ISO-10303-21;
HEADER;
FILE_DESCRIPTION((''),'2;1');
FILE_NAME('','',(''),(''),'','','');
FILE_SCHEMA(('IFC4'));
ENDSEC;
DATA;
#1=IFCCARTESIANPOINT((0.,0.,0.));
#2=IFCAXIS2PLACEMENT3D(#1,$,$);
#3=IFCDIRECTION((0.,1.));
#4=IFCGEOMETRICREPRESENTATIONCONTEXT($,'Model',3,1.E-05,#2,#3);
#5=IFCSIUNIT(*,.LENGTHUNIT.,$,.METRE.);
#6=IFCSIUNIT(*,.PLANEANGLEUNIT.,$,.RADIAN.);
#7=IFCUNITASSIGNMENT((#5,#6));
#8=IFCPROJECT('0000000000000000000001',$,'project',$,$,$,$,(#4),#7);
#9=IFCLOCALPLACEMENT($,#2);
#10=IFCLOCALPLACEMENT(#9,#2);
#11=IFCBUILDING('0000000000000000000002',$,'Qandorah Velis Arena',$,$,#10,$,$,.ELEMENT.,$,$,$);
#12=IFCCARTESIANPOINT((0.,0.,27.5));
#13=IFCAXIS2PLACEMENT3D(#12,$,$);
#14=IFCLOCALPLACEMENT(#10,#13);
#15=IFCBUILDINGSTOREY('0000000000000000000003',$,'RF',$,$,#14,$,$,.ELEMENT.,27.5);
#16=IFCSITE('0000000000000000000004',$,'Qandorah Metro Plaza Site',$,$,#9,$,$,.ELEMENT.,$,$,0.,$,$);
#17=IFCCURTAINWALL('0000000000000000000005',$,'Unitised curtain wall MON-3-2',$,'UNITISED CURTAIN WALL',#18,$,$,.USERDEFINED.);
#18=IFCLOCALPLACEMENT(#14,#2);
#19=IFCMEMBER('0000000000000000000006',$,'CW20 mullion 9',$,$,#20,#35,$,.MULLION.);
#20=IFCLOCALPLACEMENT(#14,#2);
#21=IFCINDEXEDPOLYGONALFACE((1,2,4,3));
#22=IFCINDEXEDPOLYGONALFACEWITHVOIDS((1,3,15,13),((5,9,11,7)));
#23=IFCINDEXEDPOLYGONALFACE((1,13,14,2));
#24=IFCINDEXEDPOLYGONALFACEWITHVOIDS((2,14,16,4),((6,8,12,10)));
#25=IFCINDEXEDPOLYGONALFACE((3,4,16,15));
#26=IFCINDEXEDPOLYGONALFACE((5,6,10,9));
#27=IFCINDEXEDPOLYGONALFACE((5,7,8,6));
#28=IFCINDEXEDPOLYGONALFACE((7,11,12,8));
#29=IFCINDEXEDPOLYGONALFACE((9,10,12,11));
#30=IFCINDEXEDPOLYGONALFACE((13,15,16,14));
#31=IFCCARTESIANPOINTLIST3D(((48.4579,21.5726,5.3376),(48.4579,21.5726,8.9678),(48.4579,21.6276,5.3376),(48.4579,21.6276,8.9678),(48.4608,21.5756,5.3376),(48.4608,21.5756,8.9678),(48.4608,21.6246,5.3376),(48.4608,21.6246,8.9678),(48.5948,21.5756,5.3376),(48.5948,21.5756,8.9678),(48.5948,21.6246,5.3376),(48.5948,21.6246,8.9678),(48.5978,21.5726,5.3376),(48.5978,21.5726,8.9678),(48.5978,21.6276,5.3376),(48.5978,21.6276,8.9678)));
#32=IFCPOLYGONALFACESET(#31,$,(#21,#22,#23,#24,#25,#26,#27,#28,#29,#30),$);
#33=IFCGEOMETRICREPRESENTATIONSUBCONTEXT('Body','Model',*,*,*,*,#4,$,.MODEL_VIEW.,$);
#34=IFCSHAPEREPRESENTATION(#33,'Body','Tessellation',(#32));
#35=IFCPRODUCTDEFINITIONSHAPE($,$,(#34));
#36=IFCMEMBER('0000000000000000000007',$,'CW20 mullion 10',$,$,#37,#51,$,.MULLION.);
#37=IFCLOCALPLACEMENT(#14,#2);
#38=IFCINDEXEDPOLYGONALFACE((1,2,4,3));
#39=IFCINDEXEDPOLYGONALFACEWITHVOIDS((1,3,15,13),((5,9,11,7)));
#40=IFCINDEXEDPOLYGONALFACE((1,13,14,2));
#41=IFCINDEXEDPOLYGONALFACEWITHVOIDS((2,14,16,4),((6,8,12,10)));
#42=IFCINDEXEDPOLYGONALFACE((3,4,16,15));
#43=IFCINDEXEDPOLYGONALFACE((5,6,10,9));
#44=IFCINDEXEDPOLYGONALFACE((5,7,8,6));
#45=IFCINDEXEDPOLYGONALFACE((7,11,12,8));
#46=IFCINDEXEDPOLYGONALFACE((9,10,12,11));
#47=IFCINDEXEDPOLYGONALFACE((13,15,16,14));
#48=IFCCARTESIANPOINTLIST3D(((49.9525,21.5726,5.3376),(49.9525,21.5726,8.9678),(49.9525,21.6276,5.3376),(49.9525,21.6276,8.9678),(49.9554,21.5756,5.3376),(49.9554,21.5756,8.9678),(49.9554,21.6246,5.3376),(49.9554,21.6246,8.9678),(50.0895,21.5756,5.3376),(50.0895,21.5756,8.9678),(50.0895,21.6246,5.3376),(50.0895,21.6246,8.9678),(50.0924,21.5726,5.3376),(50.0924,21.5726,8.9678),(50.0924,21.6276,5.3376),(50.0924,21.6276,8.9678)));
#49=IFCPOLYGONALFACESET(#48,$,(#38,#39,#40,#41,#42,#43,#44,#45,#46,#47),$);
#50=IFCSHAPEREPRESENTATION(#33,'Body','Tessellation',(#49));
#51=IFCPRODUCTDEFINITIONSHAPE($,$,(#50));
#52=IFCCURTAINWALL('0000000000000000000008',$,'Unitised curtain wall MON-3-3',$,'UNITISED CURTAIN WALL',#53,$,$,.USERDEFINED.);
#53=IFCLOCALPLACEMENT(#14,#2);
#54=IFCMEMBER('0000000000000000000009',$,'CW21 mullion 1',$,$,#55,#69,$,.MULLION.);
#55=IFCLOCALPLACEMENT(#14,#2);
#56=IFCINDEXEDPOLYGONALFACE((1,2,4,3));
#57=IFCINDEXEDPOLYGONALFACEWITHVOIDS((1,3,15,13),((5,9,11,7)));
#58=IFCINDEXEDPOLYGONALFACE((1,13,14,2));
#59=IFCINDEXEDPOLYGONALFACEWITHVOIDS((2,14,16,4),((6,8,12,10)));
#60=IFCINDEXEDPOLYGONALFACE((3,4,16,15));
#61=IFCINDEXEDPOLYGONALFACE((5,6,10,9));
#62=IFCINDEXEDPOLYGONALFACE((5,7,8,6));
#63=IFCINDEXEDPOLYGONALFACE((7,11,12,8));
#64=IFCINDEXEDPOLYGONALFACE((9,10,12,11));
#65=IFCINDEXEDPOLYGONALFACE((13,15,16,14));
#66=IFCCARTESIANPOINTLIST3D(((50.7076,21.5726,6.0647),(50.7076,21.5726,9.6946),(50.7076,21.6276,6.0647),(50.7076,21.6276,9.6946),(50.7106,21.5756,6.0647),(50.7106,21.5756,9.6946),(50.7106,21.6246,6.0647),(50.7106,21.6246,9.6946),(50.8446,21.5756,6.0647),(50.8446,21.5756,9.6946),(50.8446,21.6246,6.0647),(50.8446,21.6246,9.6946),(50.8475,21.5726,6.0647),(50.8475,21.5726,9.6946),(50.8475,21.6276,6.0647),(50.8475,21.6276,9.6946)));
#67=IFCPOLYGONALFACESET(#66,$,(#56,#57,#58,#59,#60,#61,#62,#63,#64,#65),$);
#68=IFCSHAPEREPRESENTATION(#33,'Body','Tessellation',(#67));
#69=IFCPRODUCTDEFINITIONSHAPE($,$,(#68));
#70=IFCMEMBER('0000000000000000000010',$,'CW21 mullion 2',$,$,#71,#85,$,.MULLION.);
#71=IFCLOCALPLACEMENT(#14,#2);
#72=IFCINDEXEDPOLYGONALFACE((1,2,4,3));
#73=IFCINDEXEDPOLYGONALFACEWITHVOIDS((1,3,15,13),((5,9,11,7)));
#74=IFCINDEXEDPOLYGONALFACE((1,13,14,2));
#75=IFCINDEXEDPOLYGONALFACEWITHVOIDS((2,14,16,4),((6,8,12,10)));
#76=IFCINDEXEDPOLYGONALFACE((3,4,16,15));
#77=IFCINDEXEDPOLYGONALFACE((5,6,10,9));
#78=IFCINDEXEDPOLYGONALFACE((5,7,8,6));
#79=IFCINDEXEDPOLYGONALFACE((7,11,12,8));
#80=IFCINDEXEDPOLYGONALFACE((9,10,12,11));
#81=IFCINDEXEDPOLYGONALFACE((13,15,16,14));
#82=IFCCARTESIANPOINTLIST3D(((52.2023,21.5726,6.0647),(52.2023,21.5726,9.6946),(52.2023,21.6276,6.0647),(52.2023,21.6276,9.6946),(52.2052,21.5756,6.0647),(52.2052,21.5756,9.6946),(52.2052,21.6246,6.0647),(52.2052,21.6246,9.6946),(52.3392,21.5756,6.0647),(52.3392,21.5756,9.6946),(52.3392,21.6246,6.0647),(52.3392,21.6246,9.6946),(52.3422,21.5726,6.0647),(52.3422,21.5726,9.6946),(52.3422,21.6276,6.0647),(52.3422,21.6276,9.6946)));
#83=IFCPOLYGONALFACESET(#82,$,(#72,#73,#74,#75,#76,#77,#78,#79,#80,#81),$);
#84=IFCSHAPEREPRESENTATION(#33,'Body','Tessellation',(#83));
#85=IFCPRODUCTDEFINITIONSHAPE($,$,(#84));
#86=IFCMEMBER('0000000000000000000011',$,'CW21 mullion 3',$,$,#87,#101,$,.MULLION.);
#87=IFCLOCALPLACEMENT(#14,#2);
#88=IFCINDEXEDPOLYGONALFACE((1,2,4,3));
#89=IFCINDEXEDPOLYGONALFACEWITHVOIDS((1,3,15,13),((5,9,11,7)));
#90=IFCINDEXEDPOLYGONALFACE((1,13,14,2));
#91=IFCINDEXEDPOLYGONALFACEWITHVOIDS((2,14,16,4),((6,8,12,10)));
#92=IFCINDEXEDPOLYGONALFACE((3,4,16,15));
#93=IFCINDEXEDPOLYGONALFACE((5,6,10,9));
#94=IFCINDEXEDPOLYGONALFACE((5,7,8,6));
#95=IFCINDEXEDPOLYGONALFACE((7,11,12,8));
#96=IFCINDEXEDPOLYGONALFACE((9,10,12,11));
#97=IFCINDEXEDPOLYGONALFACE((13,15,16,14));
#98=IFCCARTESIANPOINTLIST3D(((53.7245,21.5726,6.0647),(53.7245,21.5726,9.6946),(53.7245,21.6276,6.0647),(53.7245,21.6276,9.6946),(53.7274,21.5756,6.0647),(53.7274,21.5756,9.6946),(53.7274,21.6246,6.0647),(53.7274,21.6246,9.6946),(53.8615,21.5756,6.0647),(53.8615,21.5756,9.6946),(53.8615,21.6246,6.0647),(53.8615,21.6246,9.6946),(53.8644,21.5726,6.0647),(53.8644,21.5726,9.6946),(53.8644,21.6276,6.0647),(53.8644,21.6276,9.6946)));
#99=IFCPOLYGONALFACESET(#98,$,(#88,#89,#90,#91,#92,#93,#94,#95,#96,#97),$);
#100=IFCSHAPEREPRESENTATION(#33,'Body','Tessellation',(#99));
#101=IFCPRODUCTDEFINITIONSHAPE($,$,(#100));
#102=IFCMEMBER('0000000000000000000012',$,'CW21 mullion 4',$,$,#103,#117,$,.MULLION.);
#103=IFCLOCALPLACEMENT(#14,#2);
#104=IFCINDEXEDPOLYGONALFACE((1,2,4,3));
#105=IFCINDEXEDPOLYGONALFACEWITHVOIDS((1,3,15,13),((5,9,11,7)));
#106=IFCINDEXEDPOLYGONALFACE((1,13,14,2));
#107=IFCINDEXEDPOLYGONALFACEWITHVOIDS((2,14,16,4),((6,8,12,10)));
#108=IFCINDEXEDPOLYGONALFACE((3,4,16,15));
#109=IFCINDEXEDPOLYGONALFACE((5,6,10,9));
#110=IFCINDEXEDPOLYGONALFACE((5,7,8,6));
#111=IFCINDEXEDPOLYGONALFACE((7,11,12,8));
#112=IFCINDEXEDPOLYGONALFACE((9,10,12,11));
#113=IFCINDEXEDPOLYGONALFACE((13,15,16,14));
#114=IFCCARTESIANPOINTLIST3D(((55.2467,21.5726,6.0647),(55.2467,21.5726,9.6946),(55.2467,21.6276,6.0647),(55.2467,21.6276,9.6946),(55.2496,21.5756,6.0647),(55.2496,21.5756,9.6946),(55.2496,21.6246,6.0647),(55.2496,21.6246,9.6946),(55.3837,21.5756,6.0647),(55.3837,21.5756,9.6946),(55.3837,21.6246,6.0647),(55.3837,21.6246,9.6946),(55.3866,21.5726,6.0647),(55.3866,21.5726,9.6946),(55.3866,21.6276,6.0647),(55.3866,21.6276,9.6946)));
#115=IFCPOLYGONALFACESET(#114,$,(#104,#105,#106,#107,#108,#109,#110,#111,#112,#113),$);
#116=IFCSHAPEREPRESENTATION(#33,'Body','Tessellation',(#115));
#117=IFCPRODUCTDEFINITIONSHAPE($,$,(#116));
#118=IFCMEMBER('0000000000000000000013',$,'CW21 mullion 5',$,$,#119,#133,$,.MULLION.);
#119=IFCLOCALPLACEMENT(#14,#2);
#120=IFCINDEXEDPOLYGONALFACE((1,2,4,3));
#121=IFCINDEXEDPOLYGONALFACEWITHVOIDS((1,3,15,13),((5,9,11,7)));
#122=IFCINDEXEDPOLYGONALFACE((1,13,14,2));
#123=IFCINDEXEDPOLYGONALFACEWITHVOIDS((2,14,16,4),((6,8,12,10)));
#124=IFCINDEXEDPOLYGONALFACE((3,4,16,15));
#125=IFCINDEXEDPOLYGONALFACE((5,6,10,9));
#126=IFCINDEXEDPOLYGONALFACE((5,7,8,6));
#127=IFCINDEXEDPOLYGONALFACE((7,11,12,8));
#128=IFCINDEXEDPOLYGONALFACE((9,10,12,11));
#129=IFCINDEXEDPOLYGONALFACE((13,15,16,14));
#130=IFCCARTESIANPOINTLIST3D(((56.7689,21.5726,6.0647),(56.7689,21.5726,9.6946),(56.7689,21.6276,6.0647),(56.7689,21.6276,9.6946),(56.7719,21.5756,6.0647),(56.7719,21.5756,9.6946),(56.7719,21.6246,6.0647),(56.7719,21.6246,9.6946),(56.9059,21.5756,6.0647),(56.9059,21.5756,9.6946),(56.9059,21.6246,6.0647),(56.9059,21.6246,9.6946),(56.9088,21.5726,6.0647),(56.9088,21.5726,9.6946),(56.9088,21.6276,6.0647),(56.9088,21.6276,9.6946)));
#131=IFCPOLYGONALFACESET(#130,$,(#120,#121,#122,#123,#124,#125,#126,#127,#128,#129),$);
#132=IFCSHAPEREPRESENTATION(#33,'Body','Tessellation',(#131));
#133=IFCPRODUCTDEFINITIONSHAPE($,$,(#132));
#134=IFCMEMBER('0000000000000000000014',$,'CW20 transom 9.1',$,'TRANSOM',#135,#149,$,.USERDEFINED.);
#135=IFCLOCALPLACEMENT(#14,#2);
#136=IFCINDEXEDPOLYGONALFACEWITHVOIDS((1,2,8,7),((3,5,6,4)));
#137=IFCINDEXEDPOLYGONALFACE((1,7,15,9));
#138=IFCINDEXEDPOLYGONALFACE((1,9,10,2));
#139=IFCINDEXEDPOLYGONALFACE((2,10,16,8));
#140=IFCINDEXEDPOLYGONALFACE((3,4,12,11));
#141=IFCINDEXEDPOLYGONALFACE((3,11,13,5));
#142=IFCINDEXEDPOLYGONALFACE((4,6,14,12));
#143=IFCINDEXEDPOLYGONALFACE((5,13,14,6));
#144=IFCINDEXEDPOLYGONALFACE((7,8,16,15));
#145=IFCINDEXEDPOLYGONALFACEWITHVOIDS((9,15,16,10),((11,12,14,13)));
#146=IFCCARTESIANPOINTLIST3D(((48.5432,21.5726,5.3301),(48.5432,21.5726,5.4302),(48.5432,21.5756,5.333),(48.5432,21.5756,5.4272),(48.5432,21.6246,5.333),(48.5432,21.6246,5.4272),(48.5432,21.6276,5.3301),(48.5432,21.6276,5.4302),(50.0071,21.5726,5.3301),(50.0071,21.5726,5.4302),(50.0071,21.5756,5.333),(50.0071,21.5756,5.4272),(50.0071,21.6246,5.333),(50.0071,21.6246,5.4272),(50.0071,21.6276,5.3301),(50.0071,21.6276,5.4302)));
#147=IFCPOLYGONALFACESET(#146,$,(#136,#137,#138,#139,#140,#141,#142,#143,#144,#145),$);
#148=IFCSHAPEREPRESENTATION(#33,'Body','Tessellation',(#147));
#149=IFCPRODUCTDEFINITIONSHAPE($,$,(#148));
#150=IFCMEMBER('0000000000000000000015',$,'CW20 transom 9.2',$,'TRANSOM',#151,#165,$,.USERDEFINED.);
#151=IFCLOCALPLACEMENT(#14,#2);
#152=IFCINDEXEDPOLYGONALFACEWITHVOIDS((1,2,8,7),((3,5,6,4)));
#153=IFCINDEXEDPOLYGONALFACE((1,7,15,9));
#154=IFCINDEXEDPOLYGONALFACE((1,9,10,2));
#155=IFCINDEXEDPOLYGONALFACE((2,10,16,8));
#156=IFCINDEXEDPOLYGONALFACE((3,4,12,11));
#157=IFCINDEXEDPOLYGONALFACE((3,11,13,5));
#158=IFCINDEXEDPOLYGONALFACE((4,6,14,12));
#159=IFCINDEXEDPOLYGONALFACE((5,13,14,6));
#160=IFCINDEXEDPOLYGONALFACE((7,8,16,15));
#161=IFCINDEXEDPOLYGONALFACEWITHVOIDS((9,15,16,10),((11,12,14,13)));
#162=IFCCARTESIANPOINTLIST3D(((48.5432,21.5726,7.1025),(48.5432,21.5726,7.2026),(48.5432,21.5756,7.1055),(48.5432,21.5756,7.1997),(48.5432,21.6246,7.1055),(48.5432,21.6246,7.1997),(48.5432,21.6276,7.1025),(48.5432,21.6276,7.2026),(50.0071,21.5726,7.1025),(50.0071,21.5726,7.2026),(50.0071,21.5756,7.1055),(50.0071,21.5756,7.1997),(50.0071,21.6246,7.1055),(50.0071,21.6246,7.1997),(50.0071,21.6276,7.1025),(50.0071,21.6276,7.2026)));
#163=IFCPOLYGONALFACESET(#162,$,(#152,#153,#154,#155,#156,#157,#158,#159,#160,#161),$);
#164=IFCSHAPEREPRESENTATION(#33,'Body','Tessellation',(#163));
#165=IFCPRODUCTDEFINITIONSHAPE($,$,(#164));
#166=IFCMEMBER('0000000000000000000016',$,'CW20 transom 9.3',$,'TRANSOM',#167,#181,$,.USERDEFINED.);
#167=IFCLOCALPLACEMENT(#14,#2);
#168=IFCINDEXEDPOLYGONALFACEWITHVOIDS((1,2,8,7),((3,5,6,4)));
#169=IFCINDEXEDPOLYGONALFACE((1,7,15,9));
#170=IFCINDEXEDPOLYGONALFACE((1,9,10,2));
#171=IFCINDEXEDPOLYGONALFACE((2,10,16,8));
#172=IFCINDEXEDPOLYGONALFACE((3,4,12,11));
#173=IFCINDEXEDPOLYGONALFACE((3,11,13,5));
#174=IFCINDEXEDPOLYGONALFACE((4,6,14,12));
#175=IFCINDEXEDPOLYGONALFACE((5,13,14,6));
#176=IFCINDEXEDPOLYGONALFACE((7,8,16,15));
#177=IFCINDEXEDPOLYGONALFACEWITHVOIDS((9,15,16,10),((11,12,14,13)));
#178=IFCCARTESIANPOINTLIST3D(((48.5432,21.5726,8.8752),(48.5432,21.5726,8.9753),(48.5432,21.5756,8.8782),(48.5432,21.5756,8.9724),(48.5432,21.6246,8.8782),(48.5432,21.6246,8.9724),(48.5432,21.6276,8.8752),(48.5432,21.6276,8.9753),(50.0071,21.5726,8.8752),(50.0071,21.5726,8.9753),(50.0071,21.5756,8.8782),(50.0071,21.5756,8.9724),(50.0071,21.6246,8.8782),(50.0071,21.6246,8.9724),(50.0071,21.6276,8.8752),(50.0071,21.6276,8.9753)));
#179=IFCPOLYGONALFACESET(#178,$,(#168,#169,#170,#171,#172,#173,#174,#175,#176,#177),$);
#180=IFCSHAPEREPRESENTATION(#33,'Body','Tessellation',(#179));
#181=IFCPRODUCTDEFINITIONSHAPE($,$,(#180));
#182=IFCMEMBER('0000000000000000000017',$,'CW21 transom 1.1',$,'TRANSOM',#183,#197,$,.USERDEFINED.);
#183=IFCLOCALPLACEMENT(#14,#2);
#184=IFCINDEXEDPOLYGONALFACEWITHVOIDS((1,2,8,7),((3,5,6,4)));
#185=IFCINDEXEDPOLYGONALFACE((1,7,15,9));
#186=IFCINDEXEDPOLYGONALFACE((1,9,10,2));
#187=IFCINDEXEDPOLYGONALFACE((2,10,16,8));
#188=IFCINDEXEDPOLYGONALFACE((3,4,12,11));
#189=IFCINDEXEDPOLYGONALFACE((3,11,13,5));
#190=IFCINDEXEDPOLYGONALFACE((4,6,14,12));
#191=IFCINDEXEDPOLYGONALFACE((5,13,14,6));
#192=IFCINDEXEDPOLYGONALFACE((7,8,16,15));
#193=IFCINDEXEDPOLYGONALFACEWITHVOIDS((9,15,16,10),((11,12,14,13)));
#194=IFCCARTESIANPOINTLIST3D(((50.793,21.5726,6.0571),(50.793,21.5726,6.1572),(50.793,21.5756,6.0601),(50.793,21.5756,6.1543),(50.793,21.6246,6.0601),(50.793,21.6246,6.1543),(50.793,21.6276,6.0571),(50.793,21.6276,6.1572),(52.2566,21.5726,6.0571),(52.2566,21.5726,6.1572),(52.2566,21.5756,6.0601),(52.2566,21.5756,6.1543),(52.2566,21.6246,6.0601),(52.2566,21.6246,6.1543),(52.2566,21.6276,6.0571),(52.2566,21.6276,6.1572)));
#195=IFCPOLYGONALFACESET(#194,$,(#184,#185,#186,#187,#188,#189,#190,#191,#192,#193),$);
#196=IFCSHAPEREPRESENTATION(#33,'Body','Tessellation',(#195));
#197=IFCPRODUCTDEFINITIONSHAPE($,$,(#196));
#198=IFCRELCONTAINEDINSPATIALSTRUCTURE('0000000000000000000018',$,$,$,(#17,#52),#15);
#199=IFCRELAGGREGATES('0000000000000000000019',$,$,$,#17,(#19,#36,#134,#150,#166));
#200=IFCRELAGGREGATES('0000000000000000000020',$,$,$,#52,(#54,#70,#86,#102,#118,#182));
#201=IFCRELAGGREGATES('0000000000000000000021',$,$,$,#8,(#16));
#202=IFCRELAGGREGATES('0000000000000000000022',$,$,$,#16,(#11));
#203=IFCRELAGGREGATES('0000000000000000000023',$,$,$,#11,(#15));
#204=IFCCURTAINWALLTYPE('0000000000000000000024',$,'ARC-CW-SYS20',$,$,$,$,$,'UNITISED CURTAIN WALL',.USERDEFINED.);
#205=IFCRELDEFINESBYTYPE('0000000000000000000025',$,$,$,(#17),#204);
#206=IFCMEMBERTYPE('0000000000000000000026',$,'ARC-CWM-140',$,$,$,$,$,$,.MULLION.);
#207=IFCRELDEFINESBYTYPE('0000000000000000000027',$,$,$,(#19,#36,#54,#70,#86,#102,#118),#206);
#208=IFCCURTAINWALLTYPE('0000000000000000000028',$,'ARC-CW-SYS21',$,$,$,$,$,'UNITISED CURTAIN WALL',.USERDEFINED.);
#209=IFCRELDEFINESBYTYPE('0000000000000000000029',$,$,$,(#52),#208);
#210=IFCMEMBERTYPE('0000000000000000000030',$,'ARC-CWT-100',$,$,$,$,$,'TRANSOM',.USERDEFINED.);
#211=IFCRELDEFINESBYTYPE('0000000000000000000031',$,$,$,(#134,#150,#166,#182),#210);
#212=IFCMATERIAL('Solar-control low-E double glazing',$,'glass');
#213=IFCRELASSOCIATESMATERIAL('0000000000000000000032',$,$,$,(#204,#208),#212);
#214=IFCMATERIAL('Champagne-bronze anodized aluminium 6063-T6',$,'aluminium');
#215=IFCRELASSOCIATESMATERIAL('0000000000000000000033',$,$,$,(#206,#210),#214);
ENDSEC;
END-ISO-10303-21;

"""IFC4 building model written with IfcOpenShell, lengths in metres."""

from ifc_helpers import new_model, si_unit, direction, frame, origin, origin_2d, place, context, subcontext, project, spatial, hollow_rectangle, extrude, material, material_profile, profile_set, type_object, element, aggregate, save


model = new_model("IFC4")

# Units and contexts
model_context = context("Model", 3, precision=1e-05, world=origin(), true_north=direction((0.0, 1.0)))
body_context = subcontext(model_context, "Body", "Model", "MODEL_VIEW")
ifc_project = project(units=[si_unit("LENGTHUNIT", "METRE"), si_unit("PLANEANGLEUNIT", "RADIAN")], contexts=[model_context])

# Site, building, storey
site_placement = place(None, origin())
site = spatial("IfcSite", under=ifc_project, at=site_placement, Name="Qandorah Metro Plaza Site", CompositionType="ELEMENT", RefElevation=0.0)
building_placement = place(site_placement, origin())
building = spatial("IfcBuilding", under=site, at=building_placement, Name="Qandorah Velis Arena", CompositionType="ELEMENT")
storey_placement = place(building_placement, frame((0.0, 0.0, 27.5)))
storey = spatial("IfcBuildingStorey", under=building, at=storey_placement, Name="RF", CompositionType="ELEMENT", Elevation=27.5)

# Curtain walls, members
ifc_material_1 = material(Name="Solar-control low-E double glazing", Category="glass")
curtain_wall_type_1 = type_object("IfcCurtainWallType", Name="ARC-CW-SYS20", ElementType="UNITISED CURTAIN WALL", PredefinedType="USERDEFINED", material=ifc_material_1)
curtain_wall_1_placement = place(storey_placement, origin())
curtain_wall_1 = element("IfcCurtainWall", 1, at=curtain_wall_1_placement, inside=storey, type_object=curtain_wall_type_1, Name="Unitised curtain wall MON-3-2", ObjectType="UNITISED CURTAIN WALL", PredefinedType="USERDEFINED")
ifc_material_2 = material(Name="Champagne-bronze anodized aluminium 6063-T6", Category="aluminium")
ifc_material_profile_1 = material_profile(ifc_material_2, hollow_rectangle(XDim=0.0549, YDim=0.1399, WallThickness=0.0029, at=origin_2d()), Name="ALU MULLION 55x140")
ifc_profile_set_1 = profile_set([ifc_material_profile_1], Name="Champagne-bronze anodized aluminium 6063-T6")
member_type_1 = type_object("IfcMemberType", Name="ARC-CWM-140", PredefinedType="MULLION", material=ifc_profile_set_1)
member_1_placement = place(storey_placement, frame((48.5278, 21.6001, 5.3376), z_axis=(0.0, 0.0, 1.0), x_axis=(0.0, 1.0, 0.0)))
member_1 = element("IfcMember", 2, at=member_1_placement, type_object=member_type_1, Name="CW20 mullion 9", PredefinedType="MULLION", context=body_context, shape_type="SweptSolid", body=[
    extrude(hollow_rectangle(XDim=0.0549, YDim=0.1399, WallThickness=0.0029, at=origin_2d()), origin(), (0.0, 0.0, 1.0), 3.6301),
])
member_2_placement = place(storey_placement, frame((50.0225, 21.6001, 5.3376), z_axis=(0.0, 0.0, 1.0), x_axis=(0.0, 1.0, 0.0)))
member_2 = element("IfcMember", 3, at=member_2_placement, type_object=member_type_1, Name="CW20 mullion 10", PredefinedType="MULLION", context=body_context, shape_type="SweptSolid", body=[
    extrude(hollow_rectangle(XDim=0.0549, YDim=0.1399, WallThickness=0.0029, at=origin_2d()), origin(), (0.0, 0.0, 1.0), 3.6301),
])
curtain_wall_type_2 = type_object("IfcCurtainWallType", Name="ARC-CW-SYS21", ElementType="UNITISED CURTAIN WALL", PredefinedType="USERDEFINED", material=ifc_material_1)
curtain_wall_2_placement = place(storey_placement, origin())
curtain_wall_2 = element("IfcCurtainWall", 4, at=curtain_wall_2_placement, inside=storey, type_object=curtain_wall_type_2, Name="Unitised curtain wall MON-3-3", ObjectType="UNITISED CURTAIN WALL", PredefinedType="USERDEFINED")
member_3_placement = place(storey_placement, frame((50.7776, 21.6001, 6.0647), z_axis=(0.0, 0.0, 1.0), x_axis=(0.0, 1.0, 0.0)))
member_3 = element("IfcMember", 5, at=member_3_placement, type_object=member_type_1, Name="CW21 mullion 1", PredefinedType="MULLION", context=body_context, shape_type="SweptSolid", body=[
    extrude(hollow_rectangle(XDim=0.0549, YDim=0.1399, WallThickness=0.0029, at=origin_2d()), origin(), (0.0, 0.0, 1.0), 3.6299),
])
member_4_placement = place(storey_placement, frame((52.2722, 21.6001, 6.0647), z_axis=(0.0, 0.0, 1.0), x_axis=(0.0, 1.0, 0.0)))
member_4 = element("IfcMember", 6, at=member_4_placement, type_object=member_type_1, Name="CW21 mullion 2", PredefinedType="MULLION", context=body_context, shape_type="SweptSolid", body=[
    extrude(hollow_rectangle(XDim=0.0549, YDim=0.1399, WallThickness=0.0029, at=origin_2d()), origin(), (0.0, 0.0, 1.0), 3.6299),
])
member_5_placement = place(storey_placement, frame((53.7944, 21.6001, 6.0647), z_axis=(0.0, 0.0, 1.0), x_axis=(0.0, 1.0, 0.0)))
member_5 = element("IfcMember", 7, at=member_5_placement, type_object=member_type_1, Name="CW21 mullion 3", PredefinedType="MULLION", context=body_context, shape_type="SweptSolid", body=[
    extrude(hollow_rectangle(XDim=0.0549, YDim=0.1399, WallThickness=0.0029, at=origin_2d()), origin(), (0.0, 0.0, 1.0), 3.6299),
])
member_6_placement = place(storey_placement, frame((55.3167, 21.6001, 6.0647), z_axis=(0.0, 0.0, 1.0), x_axis=(0.0, 1.0, 0.0)))
member_6 = element("IfcMember", 8, at=member_6_placement, type_object=member_type_1, Name="CW21 mullion 4", PredefinedType="MULLION", context=body_context, shape_type="SweptSolid", body=[
    extrude(hollow_rectangle(XDim=0.0549, YDim=0.1399, WallThickness=0.0029, at=origin_2d()), origin(), (0.0, 0.0, 1.0), 3.6299),
])
member_7_placement = place(storey_placement, frame((56.8389, 21.6001, 6.0647), z_axis=(0.0, 0.0, 1.0), x_axis=(0.0, 1.0, 0.0)))
member_7 = element("IfcMember", 9, at=member_7_placement, type_object=member_type_1, Name="CW21 mullion 5", PredefinedType="MULLION", context=body_context, shape_type="SweptSolid", body=[
    extrude(hollow_rectangle(XDim=0.0549, YDim=0.1399, WallThickness=0.0029, at=origin_2d()), origin(), (0.0, 0.0, 1.0), 3.6299),
])

# Members
ifc_material_profile_2 = material_profile(ifc_material_2, hollow_rectangle(XDim=0.0549, YDim=0.1001, WallThickness=0.0029, at=origin_2d()), Name="ALU TRANSOM 55x100")
ifc_profile_set_2 = profile_set([ifc_material_profile_2], Name="Champagne-bronze anodized aluminium 6063-T6")
member_type_2 = type_object("IfcMemberType", Name="ARC-CWT-100", ElementType="TRANSOM", PredefinedType="USERDEFINED", material=ifc_profile_set_2)
member_8_placement = place(storey_placement, frame((48.5432, 21.6001, 5.3801), z_axis=(1.0, 0.0, 0.0), x_axis=(0.0, 1.0, 0.0)))
member_8 = element("IfcMember", 10, at=member_8_placement, type_object=member_type_2, Name="CW20 transom 9.1", ObjectType="TRANSOM", PredefinedType="USERDEFINED", context=body_context, shape_type="SweptSolid", body=[
    extrude(hollow_rectangle(XDim=0.0549, YDim=0.1001, WallThickness=0.0029, at=origin_2d()), origin(), (0.0, 0.0, 1.0), 1.4639),
])
member_9_placement = place(storey_placement, frame((48.5432, 21.6001, 7.1526), z_axis=(1.0, 0.0, 0.0), x_axis=(0.0, 1.0, 0.0)))
member_9 = element("IfcMember", 11, at=member_9_placement, type_object=member_type_2, Name="CW20 transom 9.2", ObjectType="TRANSOM", PredefinedType="USERDEFINED", context=body_context, shape_type="SweptSolid", body=[
    extrude(hollow_rectangle(XDim=0.0549, YDim=0.1001, WallThickness=0.0029, at=origin_2d()), origin(), (0.0, 0.0, 1.0), 1.4639),
])
member_10_placement = place(storey_placement, frame((48.5432, 21.6001, 8.9253), z_axis=(1.0, 0.0, 0.0), x_axis=(0.0, 1.0, 0.0)))
member_10 = element("IfcMember", 12, at=member_10_placement, type_object=member_type_2, Name="CW20 transom 9.3", ObjectType="TRANSOM", PredefinedType="USERDEFINED", context=body_context, shape_type="SweptSolid", body=[
    extrude(hollow_rectangle(XDim=0.0549, YDim=0.1001, WallThickness=0.0029, at=origin_2d()), origin(), (0.0, 0.0, 1.0), 1.4639),
])
member_11_placement = place(storey_placement, frame((50.793, 21.6001, 6.1072), z_axis=(1.0, 0.0, 0.0), x_axis=(0.0, 1.0, 0.0)))
member_11 = element("IfcMember", 13, at=member_11_placement, type_object=member_type_2, Name="CW21 transom 1.1", ObjectType="TRANSOM", PredefinedType="USERDEFINED", context=body_context, shape_type="SweptSolid", body=[
    extrude(hollow_rectangle(XDim=0.0549, YDim=0.1001, WallThickness=0.0029, at=origin_2d()), origin(), (0.0, 0.0, 1.0), 1.4636),
])

aggregate(curtain_wall_1, [member_1, member_2, member_8, member_9, member_10])
aggregate(curtain_wall_2, [member_3, member_4, member_5, member_6, member_7, member_11])

save(model, "model.ifc")
